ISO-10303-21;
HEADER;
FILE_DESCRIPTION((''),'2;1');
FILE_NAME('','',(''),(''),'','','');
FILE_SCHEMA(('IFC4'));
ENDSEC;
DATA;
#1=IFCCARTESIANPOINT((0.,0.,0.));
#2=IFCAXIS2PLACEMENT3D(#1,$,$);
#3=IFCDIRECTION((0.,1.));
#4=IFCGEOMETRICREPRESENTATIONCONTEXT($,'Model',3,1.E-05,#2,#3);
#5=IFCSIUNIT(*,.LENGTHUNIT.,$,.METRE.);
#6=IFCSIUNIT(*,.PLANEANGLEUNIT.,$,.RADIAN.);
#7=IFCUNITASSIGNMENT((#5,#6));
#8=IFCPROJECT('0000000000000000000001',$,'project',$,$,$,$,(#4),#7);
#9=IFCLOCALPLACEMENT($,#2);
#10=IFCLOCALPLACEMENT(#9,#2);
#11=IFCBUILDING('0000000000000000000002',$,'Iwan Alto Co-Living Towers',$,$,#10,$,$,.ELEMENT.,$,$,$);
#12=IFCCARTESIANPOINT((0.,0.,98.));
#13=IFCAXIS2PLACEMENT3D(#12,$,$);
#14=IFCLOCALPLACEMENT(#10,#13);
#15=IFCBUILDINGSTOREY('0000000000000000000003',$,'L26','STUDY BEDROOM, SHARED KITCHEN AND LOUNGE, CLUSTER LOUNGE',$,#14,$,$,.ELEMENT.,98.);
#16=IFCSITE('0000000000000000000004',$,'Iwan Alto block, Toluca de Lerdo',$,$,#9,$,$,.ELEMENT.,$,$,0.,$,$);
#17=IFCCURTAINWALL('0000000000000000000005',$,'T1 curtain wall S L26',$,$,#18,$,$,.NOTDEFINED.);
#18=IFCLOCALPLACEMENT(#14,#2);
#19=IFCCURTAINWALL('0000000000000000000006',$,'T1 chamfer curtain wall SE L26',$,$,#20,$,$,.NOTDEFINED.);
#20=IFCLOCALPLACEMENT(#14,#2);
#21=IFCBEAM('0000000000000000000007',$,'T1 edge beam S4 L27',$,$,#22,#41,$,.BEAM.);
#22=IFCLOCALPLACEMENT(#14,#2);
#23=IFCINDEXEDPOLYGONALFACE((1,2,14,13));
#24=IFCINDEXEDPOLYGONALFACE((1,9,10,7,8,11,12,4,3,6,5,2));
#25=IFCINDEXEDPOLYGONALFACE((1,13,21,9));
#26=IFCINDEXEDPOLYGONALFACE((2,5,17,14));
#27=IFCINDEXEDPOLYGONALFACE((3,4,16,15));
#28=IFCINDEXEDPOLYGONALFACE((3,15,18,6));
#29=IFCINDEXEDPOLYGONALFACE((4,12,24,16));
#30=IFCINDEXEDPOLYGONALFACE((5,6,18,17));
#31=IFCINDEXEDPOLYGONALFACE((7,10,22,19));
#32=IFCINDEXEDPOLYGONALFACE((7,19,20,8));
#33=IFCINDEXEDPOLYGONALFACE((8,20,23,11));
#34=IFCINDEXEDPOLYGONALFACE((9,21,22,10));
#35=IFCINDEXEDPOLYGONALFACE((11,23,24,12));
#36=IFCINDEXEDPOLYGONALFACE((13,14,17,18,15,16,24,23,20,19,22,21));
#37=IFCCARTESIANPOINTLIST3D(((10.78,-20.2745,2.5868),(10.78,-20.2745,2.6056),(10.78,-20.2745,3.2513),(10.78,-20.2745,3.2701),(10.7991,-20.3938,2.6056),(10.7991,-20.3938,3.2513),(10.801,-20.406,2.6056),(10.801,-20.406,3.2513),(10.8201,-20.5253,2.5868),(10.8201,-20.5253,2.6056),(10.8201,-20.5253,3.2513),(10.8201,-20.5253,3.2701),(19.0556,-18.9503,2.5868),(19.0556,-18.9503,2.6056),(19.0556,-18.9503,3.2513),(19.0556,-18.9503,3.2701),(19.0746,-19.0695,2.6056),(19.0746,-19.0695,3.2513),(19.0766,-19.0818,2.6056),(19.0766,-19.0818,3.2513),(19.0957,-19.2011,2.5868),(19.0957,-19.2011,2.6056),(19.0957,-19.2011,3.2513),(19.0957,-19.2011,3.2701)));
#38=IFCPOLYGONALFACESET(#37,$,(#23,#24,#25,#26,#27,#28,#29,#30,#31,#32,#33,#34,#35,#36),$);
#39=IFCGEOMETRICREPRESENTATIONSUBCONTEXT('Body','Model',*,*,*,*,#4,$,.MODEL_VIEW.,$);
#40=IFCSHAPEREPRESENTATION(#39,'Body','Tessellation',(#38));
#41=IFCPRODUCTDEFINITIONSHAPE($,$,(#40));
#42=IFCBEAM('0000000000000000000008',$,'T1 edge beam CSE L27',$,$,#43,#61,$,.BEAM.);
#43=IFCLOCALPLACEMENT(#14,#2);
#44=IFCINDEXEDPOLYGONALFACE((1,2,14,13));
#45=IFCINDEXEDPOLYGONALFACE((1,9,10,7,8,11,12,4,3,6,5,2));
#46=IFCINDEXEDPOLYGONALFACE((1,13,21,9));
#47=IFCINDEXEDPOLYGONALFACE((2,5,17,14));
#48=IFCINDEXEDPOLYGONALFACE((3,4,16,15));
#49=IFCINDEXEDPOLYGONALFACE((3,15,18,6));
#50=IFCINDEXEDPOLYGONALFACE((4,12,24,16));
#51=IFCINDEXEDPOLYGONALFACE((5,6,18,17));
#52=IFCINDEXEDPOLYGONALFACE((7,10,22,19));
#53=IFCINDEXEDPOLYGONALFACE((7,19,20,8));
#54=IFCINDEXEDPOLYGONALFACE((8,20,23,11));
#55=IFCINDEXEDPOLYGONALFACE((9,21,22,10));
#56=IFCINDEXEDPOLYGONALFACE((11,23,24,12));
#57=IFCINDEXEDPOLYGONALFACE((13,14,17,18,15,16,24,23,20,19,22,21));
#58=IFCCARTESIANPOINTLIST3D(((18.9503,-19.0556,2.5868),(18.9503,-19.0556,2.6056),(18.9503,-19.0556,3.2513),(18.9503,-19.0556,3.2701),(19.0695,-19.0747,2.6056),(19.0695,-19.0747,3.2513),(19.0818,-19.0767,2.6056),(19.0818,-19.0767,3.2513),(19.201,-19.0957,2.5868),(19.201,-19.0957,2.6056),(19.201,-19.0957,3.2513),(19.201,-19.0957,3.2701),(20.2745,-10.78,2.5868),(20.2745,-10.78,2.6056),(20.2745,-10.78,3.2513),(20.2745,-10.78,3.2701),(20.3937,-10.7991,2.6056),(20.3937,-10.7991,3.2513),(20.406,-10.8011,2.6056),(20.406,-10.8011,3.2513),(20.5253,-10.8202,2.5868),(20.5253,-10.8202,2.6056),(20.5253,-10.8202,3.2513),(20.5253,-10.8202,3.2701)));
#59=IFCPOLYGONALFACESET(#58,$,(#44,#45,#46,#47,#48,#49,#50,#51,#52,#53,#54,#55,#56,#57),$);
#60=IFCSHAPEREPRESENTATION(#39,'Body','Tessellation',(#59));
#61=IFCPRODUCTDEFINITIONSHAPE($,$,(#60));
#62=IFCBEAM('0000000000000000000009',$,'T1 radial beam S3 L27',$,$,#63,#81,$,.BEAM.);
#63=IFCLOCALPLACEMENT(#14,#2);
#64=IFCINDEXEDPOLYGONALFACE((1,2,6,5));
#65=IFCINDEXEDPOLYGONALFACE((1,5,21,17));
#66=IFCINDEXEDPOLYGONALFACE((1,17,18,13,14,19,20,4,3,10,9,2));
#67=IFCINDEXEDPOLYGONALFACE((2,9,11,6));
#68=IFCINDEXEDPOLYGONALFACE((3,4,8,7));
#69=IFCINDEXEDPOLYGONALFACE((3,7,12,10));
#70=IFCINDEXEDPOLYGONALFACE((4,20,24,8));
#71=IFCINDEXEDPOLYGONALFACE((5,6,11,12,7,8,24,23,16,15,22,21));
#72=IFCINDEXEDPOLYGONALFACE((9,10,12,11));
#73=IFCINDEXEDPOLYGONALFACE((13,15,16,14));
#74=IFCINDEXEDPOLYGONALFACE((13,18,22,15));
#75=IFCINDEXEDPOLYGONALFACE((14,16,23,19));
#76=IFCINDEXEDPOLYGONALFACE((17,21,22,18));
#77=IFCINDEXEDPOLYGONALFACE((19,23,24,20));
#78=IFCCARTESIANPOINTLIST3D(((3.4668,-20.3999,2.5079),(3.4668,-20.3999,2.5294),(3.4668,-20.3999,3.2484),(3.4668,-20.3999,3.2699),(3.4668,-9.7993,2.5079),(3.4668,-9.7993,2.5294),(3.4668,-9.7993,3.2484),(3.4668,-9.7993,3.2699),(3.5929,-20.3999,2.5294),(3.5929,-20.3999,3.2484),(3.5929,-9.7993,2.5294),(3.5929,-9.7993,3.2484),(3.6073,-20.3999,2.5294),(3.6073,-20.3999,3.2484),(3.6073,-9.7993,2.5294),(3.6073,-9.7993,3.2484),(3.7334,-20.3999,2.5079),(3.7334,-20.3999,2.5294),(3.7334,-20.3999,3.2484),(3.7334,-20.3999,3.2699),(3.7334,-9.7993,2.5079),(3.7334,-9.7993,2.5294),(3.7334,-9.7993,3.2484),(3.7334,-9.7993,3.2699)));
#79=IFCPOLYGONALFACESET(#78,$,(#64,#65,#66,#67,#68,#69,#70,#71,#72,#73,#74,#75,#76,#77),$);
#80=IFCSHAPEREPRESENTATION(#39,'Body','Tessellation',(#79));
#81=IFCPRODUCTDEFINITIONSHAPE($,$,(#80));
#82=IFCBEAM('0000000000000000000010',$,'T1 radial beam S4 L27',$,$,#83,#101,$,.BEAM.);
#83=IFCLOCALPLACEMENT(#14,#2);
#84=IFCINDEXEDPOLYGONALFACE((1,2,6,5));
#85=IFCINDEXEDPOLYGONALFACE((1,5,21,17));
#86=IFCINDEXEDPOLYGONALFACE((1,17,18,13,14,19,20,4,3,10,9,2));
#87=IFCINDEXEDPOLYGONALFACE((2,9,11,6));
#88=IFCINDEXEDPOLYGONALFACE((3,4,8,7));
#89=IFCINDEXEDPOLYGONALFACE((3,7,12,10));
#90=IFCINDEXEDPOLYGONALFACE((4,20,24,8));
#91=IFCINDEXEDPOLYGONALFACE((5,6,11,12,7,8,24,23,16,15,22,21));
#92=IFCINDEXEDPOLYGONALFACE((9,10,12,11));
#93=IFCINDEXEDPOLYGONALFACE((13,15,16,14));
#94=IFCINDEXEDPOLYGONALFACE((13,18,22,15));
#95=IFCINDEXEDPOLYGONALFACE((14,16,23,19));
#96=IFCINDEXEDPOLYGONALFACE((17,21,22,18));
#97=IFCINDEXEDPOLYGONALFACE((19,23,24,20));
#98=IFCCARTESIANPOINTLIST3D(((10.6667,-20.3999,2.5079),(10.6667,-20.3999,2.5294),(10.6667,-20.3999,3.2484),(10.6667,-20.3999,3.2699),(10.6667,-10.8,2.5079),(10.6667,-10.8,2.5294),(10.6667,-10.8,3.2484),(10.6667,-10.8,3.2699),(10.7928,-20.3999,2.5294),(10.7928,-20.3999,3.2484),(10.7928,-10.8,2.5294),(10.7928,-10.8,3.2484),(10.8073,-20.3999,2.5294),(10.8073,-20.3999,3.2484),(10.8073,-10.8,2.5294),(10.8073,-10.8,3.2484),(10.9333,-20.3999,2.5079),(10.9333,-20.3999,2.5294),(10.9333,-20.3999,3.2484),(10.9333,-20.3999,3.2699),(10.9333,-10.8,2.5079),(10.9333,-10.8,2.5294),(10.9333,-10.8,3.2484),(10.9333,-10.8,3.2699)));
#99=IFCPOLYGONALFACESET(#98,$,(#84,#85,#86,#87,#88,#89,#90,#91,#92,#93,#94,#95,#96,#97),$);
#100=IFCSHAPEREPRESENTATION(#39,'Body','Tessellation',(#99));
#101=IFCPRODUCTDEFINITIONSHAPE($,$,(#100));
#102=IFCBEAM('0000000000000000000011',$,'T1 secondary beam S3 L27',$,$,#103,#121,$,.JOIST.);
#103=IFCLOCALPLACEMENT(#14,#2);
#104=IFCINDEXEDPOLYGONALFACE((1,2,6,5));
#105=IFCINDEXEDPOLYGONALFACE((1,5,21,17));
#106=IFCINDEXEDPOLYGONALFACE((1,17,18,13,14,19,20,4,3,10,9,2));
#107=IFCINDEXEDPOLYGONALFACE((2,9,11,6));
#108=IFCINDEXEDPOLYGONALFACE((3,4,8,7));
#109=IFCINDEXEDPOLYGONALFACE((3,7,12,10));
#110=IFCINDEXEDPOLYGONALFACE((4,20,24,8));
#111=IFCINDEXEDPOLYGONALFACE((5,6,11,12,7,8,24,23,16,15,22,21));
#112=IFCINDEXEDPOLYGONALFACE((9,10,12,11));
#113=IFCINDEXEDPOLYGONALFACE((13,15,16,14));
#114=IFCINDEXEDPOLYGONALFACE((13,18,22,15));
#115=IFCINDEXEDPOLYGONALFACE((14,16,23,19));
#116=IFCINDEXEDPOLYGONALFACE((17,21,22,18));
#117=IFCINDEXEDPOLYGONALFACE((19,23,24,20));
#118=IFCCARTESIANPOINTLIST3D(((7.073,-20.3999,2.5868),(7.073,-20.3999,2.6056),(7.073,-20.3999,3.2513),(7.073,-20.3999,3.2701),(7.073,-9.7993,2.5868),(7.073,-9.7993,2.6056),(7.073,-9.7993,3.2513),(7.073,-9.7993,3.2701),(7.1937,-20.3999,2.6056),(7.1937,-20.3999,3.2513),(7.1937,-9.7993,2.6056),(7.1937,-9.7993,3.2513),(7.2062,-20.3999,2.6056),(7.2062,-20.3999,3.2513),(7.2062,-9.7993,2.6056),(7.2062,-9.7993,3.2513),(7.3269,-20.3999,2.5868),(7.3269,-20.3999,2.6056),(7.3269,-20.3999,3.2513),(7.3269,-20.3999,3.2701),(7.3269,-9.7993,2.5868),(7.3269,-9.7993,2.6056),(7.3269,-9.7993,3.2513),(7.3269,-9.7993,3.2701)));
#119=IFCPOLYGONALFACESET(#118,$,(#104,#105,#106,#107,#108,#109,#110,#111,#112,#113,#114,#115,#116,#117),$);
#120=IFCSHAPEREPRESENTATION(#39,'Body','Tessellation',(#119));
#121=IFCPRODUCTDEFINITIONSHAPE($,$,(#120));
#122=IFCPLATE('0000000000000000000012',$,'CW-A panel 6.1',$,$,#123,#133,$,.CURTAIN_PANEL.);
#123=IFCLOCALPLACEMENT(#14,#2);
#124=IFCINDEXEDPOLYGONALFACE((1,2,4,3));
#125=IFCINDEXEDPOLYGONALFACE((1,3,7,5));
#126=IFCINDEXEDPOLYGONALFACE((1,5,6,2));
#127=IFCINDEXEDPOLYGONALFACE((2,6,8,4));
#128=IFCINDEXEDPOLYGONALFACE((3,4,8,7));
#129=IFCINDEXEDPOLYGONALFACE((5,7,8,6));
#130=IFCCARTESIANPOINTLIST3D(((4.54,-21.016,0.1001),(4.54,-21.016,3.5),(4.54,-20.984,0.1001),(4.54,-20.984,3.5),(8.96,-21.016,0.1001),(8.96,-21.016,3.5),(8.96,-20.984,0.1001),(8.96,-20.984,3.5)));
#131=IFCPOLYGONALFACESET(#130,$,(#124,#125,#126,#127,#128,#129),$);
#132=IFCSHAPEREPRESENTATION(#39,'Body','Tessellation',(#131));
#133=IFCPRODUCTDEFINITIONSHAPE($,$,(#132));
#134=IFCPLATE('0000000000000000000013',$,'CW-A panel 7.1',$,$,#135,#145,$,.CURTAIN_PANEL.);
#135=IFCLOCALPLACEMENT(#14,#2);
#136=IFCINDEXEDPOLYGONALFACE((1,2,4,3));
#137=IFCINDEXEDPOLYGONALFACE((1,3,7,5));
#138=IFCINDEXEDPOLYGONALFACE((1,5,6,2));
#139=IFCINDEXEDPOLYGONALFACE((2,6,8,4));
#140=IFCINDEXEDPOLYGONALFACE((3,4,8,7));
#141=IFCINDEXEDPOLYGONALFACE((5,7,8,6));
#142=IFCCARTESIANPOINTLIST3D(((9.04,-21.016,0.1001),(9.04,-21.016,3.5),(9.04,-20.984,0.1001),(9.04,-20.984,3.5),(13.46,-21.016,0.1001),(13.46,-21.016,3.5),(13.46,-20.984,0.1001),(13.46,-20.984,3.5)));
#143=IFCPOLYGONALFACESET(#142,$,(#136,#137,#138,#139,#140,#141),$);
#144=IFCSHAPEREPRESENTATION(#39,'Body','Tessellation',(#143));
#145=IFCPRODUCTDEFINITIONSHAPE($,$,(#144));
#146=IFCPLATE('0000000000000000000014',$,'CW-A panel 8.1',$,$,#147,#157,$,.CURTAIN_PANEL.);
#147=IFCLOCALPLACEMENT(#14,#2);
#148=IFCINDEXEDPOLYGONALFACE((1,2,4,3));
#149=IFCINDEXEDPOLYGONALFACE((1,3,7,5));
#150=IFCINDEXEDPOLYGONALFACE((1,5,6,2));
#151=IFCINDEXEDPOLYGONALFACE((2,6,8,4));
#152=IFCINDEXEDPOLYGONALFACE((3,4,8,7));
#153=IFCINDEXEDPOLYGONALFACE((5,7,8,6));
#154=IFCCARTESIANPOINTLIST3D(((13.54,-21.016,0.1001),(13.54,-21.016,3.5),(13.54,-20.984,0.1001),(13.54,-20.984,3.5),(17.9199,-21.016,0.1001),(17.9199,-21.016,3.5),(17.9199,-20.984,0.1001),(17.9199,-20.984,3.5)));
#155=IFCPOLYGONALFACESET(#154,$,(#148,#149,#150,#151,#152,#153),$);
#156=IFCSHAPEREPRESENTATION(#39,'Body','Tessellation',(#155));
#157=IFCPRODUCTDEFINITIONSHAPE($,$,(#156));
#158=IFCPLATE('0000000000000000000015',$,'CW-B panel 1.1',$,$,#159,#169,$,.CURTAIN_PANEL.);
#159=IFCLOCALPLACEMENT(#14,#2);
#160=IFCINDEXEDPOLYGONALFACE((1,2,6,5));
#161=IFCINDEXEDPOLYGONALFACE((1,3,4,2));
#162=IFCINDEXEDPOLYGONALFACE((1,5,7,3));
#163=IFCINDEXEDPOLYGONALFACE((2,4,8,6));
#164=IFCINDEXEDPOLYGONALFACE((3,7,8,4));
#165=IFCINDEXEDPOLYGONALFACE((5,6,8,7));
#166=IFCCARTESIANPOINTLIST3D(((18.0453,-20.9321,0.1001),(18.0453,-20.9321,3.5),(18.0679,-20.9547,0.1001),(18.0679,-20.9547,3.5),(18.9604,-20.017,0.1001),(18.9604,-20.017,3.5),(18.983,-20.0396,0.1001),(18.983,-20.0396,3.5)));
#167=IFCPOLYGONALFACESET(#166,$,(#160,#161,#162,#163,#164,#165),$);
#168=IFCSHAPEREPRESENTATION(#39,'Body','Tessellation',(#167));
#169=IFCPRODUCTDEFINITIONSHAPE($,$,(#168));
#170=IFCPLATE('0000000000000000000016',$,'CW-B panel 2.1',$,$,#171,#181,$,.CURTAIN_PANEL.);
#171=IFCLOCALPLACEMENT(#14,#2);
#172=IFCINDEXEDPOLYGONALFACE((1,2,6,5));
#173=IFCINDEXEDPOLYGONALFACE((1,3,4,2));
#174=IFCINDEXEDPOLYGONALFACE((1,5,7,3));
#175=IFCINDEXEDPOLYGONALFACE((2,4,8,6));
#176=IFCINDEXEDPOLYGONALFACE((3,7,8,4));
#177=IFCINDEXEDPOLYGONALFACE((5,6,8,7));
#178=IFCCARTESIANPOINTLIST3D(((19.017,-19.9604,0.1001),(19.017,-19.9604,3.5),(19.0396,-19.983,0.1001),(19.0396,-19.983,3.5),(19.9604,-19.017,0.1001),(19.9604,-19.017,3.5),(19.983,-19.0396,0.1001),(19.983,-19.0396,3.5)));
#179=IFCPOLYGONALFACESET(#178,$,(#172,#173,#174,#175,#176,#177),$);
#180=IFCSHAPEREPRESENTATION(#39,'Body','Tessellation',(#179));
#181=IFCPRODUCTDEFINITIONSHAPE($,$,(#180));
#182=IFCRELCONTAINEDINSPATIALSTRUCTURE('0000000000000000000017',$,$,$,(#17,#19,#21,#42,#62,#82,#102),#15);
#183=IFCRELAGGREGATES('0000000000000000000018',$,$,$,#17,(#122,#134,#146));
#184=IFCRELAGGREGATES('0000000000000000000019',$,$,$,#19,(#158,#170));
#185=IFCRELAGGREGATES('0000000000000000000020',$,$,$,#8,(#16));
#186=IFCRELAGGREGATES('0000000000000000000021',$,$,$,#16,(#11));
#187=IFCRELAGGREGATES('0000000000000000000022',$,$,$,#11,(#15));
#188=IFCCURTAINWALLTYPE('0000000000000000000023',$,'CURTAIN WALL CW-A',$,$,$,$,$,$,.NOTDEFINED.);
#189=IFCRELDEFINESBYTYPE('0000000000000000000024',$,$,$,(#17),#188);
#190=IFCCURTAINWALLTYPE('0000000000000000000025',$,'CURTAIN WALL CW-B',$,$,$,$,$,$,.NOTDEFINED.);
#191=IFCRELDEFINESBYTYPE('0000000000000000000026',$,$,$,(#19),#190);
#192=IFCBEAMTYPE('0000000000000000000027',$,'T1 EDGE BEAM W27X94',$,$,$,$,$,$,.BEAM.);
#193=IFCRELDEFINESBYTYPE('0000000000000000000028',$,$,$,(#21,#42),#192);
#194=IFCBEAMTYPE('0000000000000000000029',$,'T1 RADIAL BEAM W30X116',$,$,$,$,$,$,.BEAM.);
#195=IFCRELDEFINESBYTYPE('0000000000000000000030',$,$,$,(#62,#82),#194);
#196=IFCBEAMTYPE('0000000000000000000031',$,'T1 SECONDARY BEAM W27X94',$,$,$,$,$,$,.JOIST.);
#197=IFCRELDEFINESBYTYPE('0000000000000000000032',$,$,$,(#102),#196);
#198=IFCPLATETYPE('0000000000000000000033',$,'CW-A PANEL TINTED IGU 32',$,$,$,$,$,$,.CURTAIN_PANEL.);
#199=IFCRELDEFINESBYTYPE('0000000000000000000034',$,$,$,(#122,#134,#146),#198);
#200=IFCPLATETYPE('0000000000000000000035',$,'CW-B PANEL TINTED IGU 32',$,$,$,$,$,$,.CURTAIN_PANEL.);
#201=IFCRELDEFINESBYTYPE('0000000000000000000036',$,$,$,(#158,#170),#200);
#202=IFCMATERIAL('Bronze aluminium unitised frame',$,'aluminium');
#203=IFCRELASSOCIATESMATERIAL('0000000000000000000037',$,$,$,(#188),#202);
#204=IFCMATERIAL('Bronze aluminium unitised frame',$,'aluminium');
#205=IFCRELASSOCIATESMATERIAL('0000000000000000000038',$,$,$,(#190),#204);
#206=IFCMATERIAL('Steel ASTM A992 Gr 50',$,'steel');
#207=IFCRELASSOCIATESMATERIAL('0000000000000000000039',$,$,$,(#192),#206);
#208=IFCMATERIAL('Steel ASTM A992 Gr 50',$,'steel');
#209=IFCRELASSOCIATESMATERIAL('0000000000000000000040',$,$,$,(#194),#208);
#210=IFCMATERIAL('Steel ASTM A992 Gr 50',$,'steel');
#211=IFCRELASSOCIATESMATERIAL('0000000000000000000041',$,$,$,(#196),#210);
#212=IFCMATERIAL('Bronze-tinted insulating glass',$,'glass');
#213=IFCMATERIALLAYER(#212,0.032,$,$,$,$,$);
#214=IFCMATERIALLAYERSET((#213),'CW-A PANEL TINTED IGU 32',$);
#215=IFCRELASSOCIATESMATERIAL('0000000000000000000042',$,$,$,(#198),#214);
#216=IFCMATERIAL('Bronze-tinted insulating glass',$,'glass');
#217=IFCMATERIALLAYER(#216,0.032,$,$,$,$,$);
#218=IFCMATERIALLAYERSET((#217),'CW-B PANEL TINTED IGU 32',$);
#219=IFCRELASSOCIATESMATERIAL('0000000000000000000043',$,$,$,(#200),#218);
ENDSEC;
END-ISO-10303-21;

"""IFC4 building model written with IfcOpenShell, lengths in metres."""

from ifc_helpers import new_model, si_unit, direction, frame, origin, origin_2d, place, context, subcontext, project, spatial, rectangle, i_section, extrude, material, layer, layer_set, material_profile, profile_set, type_object, element, aggregate, save


model = new_model("IFC4")

# Units and contexts
model_context = context("Model", 3, precision=1e-05, world=origin(), true_north=direction((0.0, 1.0)))
body_context = subcontext(model_context, "Body", "Model", "MODEL_VIEW")
ifc_project = project(units=[si_unit("LENGTHUNIT", "METRE"), si_unit("PLANEANGLEUNIT", "RADIAN")], contexts=[model_context])

# Site, building, storey
site_placement = place(None, origin())
site = spatial("IfcSite", under=ifc_project, at=site_placement, Name="Iwan Alto block, Toluca de Lerdo", CompositionType="ELEMENT", RefElevation=0.0)
building_placement = place(site_placement, origin())
building = spatial("IfcBuilding", under=site, at=building_placement, Name="Iwan Alto Co-Living Towers", CompositionType="ELEMENT")
storey_placement = place(building_placement, frame((0.0, 0.0, 98.0)))
storey = spatial("IfcBuildingStorey", under=building, at=storey_placement, Name="L26", Description="STUDY BEDROOM, SHARED KITCHEN AND LOUNGE, CLUSTER LOUNGE", CompositionType="ELEMENT", Elevation=98.0)

# Curtain walls
ifc_material_1 = material(Name="Bronze aluminium unitised frame", Category="aluminium")
curtain_wall_type_1 = type_object("IfcCurtainWallType", Name="CURTAIN WALL CW-A", PredefinedType="NOTDEFINED", material=ifc_material_1)
curtain_wall_1_placement = place(storey_placement, origin())
curtain_wall_1 = element("IfcCurtainWall", 1, at=curtain_wall_1_placement, inside=storey, type_object=curtain_wall_type_1, Name="T1 curtain wall S L26", PredefinedType="NOTDEFINED")
ifc_material_2 = material(Name="Bronze aluminium unitised frame", Category="aluminium")
curtain_wall_type_2 = type_object("IfcCurtainWallType", Name="CURTAIN WALL CW-B", PredefinedType="NOTDEFINED", material=ifc_material_2)
curtain_wall_2_placement = place(storey_placement, origin())
curtain_wall_2 = element("IfcCurtainWall", 2, at=curtain_wall_2_placement, inside=storey, type_object=curtain_wall_type_2, Name="T1 chamfer curtain wall SE L26", PredefinedType="NOTDEFINED")

# Beams
ifc_material_3 = material(Name="Steel ASTM A992 Gr 50", Category="steel")
ifc_material_profile_1 = material_profile(ifc_material_3, i_section(OverallWidth=0.2539, OverallDepth=0.6833, WebThickness=0.0125, FlangeThickness=0.0188, at=origin_2d()), Name="W27X94")
ifc_profile_set_1 = profile_set([ifc_material_profile_1], Name="Steel ASTM A992 Gr 50")
beam_type_1 = type_object("IfcBeamType", Name="T1 EDGE BEAM W27X94", PredefinedType="BEAM", material=ifc_profile_set_1)
for number, where, z_axis, x_axis, name in (
    (3, (10.8, -20.3999, 2.9285), (0.987438, 0.158004, 0.0), (-0.158004, 0.987438, 0.0), "T1 edge beam S4 L27"),
    (4, (19.0757, -19.0757, 2.9285), (0.158004, 0.987438, 0.0), (-0.987438, 0.158004, 0.0), "T1 edge beam CSE L27"),
):
    element("IfcBeam", number, at=place(storey_placement, frame(where, z_axis=z_axis, x_axis=x_axis)), inside=storey, type_object=beam_type_1, Name=name, PredefinedType="BEAM", context=body_context, shape_type="SweptSolid", body=[
        extrude(i_section(OverallWidth=0.2539, OverallDepth=0.6833, WebThickness=0.0125, FlangeThickness=0.0188, at=origin_2d()), origin(), (0.0, 0.0, 1.0), 8.3809),
    ])
ifc_material_4 = material(Name="Steel ASTM A992 Gr 50", Category="steel")
ifc_material_profile_2 = material_profile(ifc_material_4, i_section(OverallWidth=0.2666, OverallDepth=0.762, WebThickness=0.0144, FlangeThickness=0.0215, at=origin_2d()), Name="W30X116")
ifc_profile_set_2 = profile_set([ifc_material_profile_2], Name="Steel ASTM A992 Gr 50")
beam_type_2 = type_object("IfcBeamType", Name="T1 RADIAL BEAM W30X116", PredefinedType="BEAM", material=ifc_profile_set_2)
beam_1_placement = place(storey_placement, frame((3.6001, -20.3999, 2.8889), z_axis=(0.0, 1.0, 0.0), x_axis=(-1.0, 0.0, 0.0)))
element("IfcBeam", 5, at=beam_1_placement, inside=storey, type_object=beam_type_2, Name="T1 radial beam S3 L27", PredefinedType="BEAM", context=body_context, shape_type="SweptSolid", body=[
    extrude(i_section(OverallWidth=0.2666, OverallDepth=0.762, WebThickness=0.0144, FlangeThickness=0.0215, at=origin_2d()), origin(), (0.0, 0.0, 1.0), 10.6006),
])
beam_2_placement = place(storey_placement, frame((10.8, -20.3999, 2.8889), z_axis=(0.0, 1.0, 0.0), x_axis=(-1.0, 0.0, 0.0)))
element("IfcBeam", 6, at=beam_2_placement, inside=storey, type_object=beam_type_2, Name="T1 radial beam S4 L27", PredefinedType="BEAM", context=body_context, shape_type="SweptSolid", body=[
    extrude(i_section(OverallWidth=0.2666, OverallDepth=0.762, WebThickness=0.0144, FlangeThickness=0.0215, at=origin_2d()), origin(), (0.0, 0.0, 1.0), 9.5999),
])
ifc_material_5 = material(Name="Steel ASTM A992 Gr 50", Category="steel")
ifc_material_profile_3 = material_profile(ifc_material_5, i_section(OverallWidth=0.2539, OverallDepth=0.6833, WebThickness=0.0125, FlangeThickness=0.0188, at=origin_2d()), Name="W27X94")
ifc_profile_set_3 = profile_set([ifc_material_profile_3], Name="Steel ASTM A992 Gr 50")
beam_type_3 = type_object("IfcBeamType", Name="T1 SECONDARY BEAM W27X94", PredefinedType="JOIST", material=ifc_profile_set_3)
beam_3_placement = place(storey_placement, frame((7.2, -20.3999, 2.9285), z_axis=(0.0, 1.0, 0.0), x_axis=(-1.0, 0.0, 0.0)))
element("IfcBeam", 7, at=beam_3_placement, inside=storey, type_object=beam_type_3, Name="T1 secondary beam S3 L27", PredefinedType="JOIST", context=body_context, shape_type="SweptSolid", body=[
    extrude(i_section(OverallWidth=0.2539, OverallDepth=0.6833, WebThickness=0.0125, FlangeThickness=0.0188, at=origin_2d()), origin(), (0.0, 0.0, 1.0), 10.6006),
])

# Plates
ifc_material_6 = material(Name="Bronze-tinted insulating glass", Category="glass")
ifc_layer_1 = layer(ifc_material_6, 0.032)
ifc_layer_set_1 = layer_set([ifc_layer_1], Name="CW-A PANEL TINTED IGU 32")
plate_type_1 = type_object("IfcPlateType", Name="CW-A PANEL TINTED IGU 32", PredefinedType="CURTAIN_PANEL", material=ifc_layer_set_1)
plate_1_placement = place(storey_placement, frame((6.75, -21.0, 0.1001), z_axis=(0.0, 0.0, 1.0), x_axis=(1.0, 0.0, 0.0)))
plate_1 = element("IfcPlate", 8, at=plate_1_placement, type_object=plate_type_1, Name="CW-A panel 6.1", PredefinedType="CURTAIN_PANEL", context=body_context, shape_type="SweptSolid", body=[
    extrude(rectangle(XDim=4.4199, YDim=0.032, at=origin_2d()), origin(), (0.0, 0.0, 1.0), 3.3999),
])
plate_2_placement = place(storey_placement, frame((11.25, -21.0, 0.1001), z_axis=(0.0, 0.0, 1.0), x_axis=(1.0, 0.0, 0.0)))
plate_2 = element("IfcPlate", 9, at=plate_2_placement, type_object=plate_type_1, Name="CW-A panel 7.1", PredefinedType="CURTAIN_PANEL", context=body_context, shape_type="SweptSolid", body=[
    extrude(rectangle(XDim=4.4199, YDim=0.032, at=origin_2d()), origin(), (0.0, 0.0, 1.0), 3.3999),
])
plate_3_placement = place(storey_placement, frame((15.73, -21.0, 0.1001), z_axis=(0.0, 0.0, 1.0), x_axis=(1.0, 0.0, 0.0)))
plate_3 = element("IfcPlate", 10, at=plate_3_placement, type_object=plate_type_1, Name="CW-A panel 8.1", PredefinedType="CURTAIN_PANEL", context=body_context, shape_type="SweptSolid", body=[
    extrude(rectangle(XDim=4.3799, YDim=0.032, at=origin_2d()), origin(), (0.0, 0.0, 1.0), 3.3999),
])
aggregate(curtain_wall_1, [plate_1, plate_2, plate_3])
ifc_material_7 = material(Name="Bronze-tinted insulating glass", Category="glass")
ifc_layer_2 = layer(ifc_material_7, 0.032)
ifc_layer_set_2 = layer_set([ifc_layer_2], Name="CW-B PANEL TINTED IGU 32")
plate_type_2 = type_object("IfcPlateType", Name="CW-B PANEL TINTED IGU 32", PredefinedType="CURTAIN_PANEL", material=ifc_layer_set_2)
plate_4_placement = place(storey_placement, frame((18.5142, -20.4858, 0.1001), z_axis=(0.0, 0.0, 1.0), x_axis=(0.707107, 0.707107, 0.0)))
plate_4 = element("IfcPlate", 11, at=plate_4_placement, type_object=plate_type_2, Name="CW-B panel 1.1", PredefinedType="CURTAIN_PANEL", context=body_context, shape_type="SweptSolid", body=[
    extrude(rectangle(XDim=1.2942, YDim=0.032, at=origin_2d()), origin(), (0.0, 0.0, 1.0), 3.3999),
])
plate_5_placement = place(storey_placement, frame((19.5, -19.5, 0.1001), z_axis=(0.0, 0.0, 1.0), x_axis=(0.707107, 0.707107, 0.0)))
plate_5 = element("IfcPlate", 12, at=plate_5_placement, type_object=plate_type_2, Name="CW-B panel 2.1", PredefinedType="CURTAIN_PANEL", context=body_context, shape_type="SweptSolid", body=[
    extrude(rectangle(XDim=1.3342, YDim=0.032, at=origin_2d()), origin(), (0.0, 0.0, 1.0), 3.3999),
])
aggregate(curtain_wall_2, [plate_4, plate_5])

save(model, "model.ifc")
